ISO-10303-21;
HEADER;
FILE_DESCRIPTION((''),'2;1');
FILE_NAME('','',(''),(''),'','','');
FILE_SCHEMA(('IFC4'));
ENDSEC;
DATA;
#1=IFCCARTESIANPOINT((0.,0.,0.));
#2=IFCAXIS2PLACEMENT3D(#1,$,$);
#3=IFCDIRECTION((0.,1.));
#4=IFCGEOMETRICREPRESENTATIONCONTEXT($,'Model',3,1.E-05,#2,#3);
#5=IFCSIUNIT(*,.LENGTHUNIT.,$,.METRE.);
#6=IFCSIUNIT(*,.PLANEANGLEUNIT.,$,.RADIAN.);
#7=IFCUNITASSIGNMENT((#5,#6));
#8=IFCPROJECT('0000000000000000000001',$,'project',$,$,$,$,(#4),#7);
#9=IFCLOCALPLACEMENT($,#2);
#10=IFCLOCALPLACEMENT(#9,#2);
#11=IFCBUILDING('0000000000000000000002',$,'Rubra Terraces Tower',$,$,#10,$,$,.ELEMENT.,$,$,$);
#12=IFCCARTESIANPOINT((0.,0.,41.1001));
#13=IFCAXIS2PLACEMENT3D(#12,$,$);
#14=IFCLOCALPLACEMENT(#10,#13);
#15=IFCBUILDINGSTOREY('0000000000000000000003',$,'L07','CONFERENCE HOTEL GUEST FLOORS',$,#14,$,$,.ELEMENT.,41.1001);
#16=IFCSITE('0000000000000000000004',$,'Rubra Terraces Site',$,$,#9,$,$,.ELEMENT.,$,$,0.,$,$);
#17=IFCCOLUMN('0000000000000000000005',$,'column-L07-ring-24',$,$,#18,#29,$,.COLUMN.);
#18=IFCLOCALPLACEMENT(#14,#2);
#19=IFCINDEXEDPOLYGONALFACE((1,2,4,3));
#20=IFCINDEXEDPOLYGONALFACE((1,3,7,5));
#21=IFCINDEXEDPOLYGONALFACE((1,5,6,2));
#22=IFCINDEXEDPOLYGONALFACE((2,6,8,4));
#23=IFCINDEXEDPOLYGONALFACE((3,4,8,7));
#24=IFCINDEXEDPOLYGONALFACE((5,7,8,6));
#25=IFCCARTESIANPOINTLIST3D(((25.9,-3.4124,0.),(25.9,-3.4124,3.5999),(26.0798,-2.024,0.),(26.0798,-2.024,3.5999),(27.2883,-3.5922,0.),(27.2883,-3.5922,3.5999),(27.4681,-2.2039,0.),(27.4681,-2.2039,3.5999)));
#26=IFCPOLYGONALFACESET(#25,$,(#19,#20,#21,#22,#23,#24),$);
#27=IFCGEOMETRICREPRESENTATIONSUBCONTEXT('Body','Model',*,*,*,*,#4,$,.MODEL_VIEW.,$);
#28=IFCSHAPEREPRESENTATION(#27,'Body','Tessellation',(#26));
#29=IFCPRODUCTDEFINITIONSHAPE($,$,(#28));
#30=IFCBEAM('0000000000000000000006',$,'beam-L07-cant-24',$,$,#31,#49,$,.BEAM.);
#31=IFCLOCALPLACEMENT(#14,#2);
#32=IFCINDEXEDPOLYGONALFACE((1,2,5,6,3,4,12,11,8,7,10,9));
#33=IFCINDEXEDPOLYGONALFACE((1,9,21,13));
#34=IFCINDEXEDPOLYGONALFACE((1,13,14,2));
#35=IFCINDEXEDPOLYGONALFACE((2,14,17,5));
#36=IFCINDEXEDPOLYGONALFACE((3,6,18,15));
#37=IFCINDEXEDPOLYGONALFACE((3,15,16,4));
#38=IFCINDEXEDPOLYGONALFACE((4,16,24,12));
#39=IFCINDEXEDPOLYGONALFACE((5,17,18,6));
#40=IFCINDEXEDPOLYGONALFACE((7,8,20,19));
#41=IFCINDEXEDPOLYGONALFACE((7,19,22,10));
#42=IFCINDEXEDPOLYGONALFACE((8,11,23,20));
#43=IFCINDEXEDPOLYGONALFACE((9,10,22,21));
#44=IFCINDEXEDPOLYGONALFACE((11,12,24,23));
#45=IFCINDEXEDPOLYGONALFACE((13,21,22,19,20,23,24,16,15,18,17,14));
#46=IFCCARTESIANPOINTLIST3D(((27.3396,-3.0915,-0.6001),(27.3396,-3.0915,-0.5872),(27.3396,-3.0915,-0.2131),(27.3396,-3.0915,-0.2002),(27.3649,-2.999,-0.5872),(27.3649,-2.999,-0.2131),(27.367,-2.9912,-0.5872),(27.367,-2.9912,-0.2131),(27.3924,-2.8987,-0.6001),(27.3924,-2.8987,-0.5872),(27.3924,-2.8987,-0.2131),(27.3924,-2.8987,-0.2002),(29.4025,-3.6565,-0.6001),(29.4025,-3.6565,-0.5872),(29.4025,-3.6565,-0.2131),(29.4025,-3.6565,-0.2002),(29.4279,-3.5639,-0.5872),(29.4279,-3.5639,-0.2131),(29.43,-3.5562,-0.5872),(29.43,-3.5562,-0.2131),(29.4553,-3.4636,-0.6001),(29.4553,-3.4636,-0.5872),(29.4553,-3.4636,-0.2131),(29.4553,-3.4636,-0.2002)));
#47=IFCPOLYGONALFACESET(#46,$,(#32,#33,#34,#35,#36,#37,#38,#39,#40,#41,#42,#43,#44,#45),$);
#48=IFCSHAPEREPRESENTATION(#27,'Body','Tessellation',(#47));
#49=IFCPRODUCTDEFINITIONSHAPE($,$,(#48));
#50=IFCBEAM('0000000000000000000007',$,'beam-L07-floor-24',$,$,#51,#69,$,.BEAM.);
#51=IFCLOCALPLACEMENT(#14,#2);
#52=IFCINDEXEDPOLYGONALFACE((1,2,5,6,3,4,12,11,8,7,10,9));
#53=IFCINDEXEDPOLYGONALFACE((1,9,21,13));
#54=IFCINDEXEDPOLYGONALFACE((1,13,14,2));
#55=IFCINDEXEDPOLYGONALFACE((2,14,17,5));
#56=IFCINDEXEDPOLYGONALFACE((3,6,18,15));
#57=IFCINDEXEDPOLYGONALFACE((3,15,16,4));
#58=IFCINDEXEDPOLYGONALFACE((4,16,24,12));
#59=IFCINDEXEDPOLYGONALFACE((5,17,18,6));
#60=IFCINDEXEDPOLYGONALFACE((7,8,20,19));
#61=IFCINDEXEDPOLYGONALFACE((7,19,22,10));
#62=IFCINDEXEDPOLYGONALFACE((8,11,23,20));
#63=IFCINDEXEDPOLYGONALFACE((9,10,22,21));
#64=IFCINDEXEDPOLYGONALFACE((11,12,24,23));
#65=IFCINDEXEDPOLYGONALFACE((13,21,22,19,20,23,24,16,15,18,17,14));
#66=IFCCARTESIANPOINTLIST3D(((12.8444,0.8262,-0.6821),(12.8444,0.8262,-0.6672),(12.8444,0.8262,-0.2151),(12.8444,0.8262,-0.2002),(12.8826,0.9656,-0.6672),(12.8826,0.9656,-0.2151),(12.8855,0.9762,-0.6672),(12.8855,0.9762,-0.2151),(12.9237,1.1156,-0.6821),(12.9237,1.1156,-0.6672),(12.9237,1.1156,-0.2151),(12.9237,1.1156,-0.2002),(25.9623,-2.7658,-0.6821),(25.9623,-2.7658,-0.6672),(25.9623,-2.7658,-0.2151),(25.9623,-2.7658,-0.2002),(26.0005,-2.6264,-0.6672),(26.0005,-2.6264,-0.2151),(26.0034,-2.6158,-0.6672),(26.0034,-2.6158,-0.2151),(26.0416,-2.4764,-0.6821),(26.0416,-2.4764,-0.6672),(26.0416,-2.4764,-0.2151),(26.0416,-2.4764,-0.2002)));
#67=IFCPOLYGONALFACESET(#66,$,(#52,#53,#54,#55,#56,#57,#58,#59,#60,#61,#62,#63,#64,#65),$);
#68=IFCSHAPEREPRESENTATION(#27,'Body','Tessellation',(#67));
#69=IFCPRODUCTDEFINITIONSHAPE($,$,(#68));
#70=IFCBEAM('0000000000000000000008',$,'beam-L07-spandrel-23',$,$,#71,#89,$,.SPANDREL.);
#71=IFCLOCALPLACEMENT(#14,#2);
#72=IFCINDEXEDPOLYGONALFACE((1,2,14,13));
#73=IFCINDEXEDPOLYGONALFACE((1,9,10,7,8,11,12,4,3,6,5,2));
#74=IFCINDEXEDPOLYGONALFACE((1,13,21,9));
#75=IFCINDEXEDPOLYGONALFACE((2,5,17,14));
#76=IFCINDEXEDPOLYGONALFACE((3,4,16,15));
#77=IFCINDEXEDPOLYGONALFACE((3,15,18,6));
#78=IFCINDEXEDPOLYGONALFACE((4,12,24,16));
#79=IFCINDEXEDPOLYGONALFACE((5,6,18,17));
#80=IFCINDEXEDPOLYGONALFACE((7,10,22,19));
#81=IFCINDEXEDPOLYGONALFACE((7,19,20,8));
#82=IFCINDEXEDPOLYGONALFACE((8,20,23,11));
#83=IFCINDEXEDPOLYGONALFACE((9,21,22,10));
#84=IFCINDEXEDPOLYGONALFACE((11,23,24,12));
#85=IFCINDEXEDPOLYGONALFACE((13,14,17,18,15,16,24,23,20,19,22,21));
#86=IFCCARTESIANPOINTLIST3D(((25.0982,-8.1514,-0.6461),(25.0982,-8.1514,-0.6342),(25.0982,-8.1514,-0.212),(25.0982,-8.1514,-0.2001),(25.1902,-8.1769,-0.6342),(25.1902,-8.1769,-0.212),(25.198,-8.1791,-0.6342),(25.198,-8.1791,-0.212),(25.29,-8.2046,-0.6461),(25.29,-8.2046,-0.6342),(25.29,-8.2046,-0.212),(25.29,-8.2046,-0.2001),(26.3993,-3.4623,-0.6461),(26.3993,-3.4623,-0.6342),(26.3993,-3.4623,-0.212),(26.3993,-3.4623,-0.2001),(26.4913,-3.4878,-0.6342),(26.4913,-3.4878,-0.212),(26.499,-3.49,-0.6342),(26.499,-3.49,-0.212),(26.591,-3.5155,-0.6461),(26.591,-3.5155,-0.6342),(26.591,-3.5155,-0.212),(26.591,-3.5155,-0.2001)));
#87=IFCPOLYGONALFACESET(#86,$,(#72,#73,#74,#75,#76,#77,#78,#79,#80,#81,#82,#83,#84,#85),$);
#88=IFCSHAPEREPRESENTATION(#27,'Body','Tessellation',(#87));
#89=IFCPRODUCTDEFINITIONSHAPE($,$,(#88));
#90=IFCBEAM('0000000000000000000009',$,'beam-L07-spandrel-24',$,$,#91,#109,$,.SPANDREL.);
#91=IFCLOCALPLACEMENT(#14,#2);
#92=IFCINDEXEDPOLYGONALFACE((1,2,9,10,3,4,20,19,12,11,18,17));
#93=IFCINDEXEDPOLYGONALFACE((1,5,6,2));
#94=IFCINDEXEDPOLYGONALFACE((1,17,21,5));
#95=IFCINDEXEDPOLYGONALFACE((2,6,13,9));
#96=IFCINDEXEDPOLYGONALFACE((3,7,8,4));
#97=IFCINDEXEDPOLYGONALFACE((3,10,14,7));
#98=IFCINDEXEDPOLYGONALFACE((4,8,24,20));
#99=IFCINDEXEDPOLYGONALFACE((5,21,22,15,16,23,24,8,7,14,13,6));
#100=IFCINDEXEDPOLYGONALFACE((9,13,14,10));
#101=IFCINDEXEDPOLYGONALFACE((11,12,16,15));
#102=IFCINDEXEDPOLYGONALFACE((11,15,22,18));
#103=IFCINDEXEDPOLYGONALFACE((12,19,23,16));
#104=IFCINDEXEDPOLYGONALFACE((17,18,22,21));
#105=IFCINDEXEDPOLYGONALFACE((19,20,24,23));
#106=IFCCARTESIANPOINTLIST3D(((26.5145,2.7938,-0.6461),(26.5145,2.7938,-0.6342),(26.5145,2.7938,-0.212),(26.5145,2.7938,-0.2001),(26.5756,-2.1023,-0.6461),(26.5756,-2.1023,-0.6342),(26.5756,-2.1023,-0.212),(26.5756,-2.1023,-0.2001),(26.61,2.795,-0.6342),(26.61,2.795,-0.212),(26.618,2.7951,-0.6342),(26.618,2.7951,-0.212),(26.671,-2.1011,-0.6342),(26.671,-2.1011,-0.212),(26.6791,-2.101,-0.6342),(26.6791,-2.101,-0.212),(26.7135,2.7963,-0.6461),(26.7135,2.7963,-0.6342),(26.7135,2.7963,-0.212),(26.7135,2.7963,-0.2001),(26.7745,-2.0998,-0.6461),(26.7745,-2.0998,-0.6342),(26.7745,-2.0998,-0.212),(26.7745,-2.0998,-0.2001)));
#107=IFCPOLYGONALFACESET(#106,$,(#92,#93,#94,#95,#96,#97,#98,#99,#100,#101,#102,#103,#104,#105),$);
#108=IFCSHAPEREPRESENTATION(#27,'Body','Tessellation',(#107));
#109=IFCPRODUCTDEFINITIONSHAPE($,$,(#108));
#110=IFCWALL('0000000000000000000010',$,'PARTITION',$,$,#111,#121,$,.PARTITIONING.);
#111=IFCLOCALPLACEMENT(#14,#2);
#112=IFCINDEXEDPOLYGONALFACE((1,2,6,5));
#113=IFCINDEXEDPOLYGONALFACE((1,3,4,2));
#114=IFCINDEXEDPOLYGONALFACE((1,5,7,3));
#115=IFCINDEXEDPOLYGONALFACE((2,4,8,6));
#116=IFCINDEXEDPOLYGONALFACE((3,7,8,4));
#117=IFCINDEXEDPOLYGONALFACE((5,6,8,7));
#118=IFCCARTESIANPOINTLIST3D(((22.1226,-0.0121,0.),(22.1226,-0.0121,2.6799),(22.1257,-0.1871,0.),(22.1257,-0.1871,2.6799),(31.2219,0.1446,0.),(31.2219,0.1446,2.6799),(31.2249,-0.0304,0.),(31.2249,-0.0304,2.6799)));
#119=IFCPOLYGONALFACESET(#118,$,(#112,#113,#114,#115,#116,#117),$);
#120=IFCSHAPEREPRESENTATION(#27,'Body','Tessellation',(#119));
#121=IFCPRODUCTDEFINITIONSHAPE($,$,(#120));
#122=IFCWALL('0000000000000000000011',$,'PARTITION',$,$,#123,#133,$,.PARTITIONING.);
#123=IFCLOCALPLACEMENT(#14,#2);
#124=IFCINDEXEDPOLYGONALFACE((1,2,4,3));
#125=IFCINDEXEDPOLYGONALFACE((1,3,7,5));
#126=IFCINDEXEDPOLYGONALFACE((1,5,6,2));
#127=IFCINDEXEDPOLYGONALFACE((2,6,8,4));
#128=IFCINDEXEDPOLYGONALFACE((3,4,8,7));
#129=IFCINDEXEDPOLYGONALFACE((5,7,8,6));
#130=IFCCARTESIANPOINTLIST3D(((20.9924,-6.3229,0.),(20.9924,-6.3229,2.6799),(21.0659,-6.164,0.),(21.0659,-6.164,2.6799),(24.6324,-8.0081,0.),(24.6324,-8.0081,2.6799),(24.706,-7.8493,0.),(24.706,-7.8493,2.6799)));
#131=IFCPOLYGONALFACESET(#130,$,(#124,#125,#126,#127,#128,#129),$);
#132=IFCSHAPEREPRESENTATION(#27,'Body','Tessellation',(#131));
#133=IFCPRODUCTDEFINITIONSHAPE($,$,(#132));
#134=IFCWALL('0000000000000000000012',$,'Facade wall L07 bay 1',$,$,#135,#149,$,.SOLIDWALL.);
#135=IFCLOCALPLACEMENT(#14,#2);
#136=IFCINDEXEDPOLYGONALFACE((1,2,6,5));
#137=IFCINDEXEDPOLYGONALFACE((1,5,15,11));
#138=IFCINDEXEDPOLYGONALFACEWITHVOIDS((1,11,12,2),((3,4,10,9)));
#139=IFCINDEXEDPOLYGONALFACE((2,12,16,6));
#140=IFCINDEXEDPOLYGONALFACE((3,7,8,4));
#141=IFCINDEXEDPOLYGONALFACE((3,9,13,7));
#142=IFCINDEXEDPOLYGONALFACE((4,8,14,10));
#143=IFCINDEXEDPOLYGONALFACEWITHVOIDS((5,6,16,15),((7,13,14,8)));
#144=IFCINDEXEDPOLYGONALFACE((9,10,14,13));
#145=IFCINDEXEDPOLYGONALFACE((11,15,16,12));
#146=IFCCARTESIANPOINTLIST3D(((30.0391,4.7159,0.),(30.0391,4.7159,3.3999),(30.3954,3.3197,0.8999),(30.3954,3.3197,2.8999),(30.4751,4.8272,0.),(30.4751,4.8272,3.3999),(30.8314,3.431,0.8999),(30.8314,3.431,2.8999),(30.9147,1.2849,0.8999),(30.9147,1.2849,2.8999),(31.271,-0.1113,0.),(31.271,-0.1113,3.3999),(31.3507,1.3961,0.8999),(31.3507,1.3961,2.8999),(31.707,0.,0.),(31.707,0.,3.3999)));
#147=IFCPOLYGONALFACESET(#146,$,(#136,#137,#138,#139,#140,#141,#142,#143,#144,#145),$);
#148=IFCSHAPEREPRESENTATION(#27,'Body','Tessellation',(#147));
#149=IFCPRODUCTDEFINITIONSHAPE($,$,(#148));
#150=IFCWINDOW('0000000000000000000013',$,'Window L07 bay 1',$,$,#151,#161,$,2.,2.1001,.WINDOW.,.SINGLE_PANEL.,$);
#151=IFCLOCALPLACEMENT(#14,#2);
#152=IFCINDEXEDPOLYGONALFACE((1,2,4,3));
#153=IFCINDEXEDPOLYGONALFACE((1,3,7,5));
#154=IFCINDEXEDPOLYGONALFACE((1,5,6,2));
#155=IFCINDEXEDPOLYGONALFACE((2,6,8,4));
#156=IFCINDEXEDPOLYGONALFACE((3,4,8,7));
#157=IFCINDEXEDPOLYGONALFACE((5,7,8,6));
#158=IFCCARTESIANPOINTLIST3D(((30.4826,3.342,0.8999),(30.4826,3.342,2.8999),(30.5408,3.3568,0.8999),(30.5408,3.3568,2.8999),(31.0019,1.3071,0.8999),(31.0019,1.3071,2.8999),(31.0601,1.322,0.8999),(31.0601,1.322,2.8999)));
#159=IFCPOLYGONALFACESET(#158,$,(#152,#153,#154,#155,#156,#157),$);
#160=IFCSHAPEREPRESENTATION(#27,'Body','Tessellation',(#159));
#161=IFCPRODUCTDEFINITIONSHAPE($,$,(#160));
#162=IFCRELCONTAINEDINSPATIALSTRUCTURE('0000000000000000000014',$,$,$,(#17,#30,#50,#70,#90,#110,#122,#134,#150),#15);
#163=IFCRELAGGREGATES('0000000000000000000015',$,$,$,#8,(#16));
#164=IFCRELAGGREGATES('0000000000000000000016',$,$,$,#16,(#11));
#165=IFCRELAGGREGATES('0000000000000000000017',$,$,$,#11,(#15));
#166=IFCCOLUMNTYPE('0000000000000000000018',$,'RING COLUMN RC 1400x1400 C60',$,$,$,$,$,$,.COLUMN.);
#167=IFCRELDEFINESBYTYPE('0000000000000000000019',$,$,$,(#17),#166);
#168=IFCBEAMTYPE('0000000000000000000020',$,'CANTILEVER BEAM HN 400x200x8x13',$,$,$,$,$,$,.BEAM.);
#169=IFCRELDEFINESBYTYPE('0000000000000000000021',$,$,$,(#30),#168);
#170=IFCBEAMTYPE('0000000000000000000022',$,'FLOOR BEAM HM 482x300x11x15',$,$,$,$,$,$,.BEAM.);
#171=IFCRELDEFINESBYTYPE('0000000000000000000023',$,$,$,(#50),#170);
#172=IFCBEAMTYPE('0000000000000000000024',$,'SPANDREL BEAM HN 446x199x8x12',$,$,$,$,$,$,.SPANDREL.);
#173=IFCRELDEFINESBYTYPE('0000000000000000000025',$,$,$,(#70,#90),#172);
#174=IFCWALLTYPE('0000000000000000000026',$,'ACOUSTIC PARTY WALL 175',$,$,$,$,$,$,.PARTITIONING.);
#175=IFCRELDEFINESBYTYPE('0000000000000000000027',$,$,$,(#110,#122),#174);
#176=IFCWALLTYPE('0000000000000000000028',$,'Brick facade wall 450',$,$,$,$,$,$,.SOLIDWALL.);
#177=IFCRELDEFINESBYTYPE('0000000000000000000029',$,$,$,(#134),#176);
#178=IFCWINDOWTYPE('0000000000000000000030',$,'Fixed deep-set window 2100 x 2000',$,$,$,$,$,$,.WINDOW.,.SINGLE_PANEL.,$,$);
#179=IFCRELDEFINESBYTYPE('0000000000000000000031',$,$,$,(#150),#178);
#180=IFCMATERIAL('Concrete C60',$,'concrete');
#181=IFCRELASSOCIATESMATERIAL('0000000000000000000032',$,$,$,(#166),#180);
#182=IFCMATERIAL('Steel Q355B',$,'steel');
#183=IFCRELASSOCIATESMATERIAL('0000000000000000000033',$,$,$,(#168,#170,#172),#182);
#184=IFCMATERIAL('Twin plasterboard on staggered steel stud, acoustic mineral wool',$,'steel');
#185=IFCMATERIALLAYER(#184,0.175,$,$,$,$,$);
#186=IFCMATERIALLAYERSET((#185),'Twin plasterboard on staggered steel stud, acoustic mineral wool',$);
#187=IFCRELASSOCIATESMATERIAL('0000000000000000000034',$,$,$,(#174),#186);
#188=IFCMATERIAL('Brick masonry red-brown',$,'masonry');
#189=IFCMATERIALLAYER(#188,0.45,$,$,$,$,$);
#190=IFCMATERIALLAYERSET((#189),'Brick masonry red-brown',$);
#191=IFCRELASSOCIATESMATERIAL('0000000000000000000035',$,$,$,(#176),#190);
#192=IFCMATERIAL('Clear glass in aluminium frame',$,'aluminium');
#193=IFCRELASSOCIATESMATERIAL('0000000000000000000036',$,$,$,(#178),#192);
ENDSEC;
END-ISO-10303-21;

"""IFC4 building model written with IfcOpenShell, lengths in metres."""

from ifc_helpers import new_model, si_unit, direction, frame, frame_2d, origin, origin_2d, place, context, subcontext, project, spatial, rectangle, i_section, extrude, material, layer, layer_set, material_profile, profile_set, type_object, element, fill, save


model = new_model("IFC4")

# Units and contexts
model_context = context("Model", 3, precision=1e-05, world=origin(), true_north=direction((0.0, 1.0)))
body_context = subcontext(model_context, "Body", "Model", "MODEL_VIEW")
ifc_project = project(units=[si_unit("LENGTHUNIT", "METRE"), si_unit("PLANEANGLEUNIT", "RADIAN")], contexts=[model_context])

# Site, building, storey
site_placement = place(None, origin())
site = spatial("IfcSite", under=ifc_project, at=site_placement, Name="Rubra Terraces Site", CompositionType="ELEMENT", RefElevation=0.0)
building_placement = place(site_placement, origin())
building = spatial("IfcBuilding", under=site, at=building_placement, Name="Rubra Terraces Tower", CompositionType="ELEMENT")
storey_placement = place(building_placement, frame((0.0, 0.0, 41.1001)))
storey = spatial("IfcBuildingStorey", under=building, at=storey_placement, Name="L07", Description="CONFERENCE HOTEL GUEST FLOORS", CompositionType="ELEMENT", Elevation=41.1001)

# Column
ifc_material_1 = material(Name="Concrete C60", Category="concrete")
ifc_material_profile_1 = material_profile(ifc_material_1, rectangle(XDim=1.3999, YDim=1.3999, at=origin_2d()), Name="RC 1400x1400")
ifc_profile_set_1 = profile_set([ifc_material_profile_1], Name="Concrete C60")
column_type = type_object("IfcColumnType", Name="RING COLUMN RC 1400x1400 C60", PredefinedType="COLUMN", material=ifc_profile_set_1)
column_placement = place(storey_placement, frame((26.6841, -2.8081, 0.0), z_axis=(0.0, 0.0, 1.0), x_axis=(0.128445, 0.991717, 0.0)))
element("IfcColumn", 1, at=column_placement, inside=storey, type_object=column_type, Name="column-L07-ring-24", PredefinedType="COLUMN", context=body_context, shape_type="SweptSolid", body=[
    extrude(rectangle(XDim=1.3999, YDim=1.3999, at=origin_2d()), origin(), (0.0, 0.0, 1.0), 3.5999),
])

# Beams
ifc_material_2 = material(Name="Steel Q355B", Category="steel")
ifc_material_profile_2 = material_profile(ifc_material_2, i_section(OverallWidth=0.2, OverallDepth=0.3999, WebThickness=0.0081, FlangeThickness=0.0129, at=origin_2d()), Name="HN 400x200x8x13")
ifc_profile_set_2 = profile_set([ifc_material_profile_2], Name="Steel Q355B")
beam_type_1 = type_object("IfcBeamType", Name="CANTILEVER BEAM HN 400x200x8x13", PredefinedType="BEAM", material=ifc_profile_set_2)
beam_1_placement = place(storey_placement, frame((27.366, -2.9951, -0.4001), z_axis=(0.964489, -0.264122, 0.0), x_axis=(0.264122, 0.964489, 0.0)))
element("IfcBeam", 2, at=beam_1_placement, inside=storey, type_object=beam_type_1, Name="beam-L07-cant-24", PredefinedType="BEAM", context=body_context, shape_type="SweptSolid", body=[
    extrude(i_section(OverallWidth=0.2, OverallDepth=0.3999, WebThickness=0.0081, FlangeThickness=0.0129, at=origin_2d()), origin(), (0.0, 0.0, 1.0), 2.1389),
])
ifc_material_profile_3 = material_profile(ifc_material_2, i_section(OverallWidth=0.3, OverallDepth=0.4819, WebThickness=0.011, FlangeThickness=0.0149, at=origin_2d()), Name="HM 482x300x11x15")
ifc_profile_set_3 = profile_set([ifc_material_profile_3], Name="Steel Q355B")
beam_type_2 = type_object("IfcBeamType", Name="FLOOR BEAM HM 482x300x11x15", PredefinedType="BEAM", material=ifc_profile_set_3)
beam_2_placement = place(storey_placement, frame((26.002, -2.6211, -0.4412), z_axis=(-0.964494, 0.264105, 0.0), x_axis=(-0.264105, -0.964494, 0.0)))
element("IfcBeam", 3, at=beam_2_placement, inside=storey, type_object=beam_type_2, Name="beam-L07-floor-24", PredefinedType="BEAM", context=body_context, shape_type="SweptSolid", body=[
    extrude(i_section(OverallWidth=0.3, OverallDepth=0.4819, WebThickness=0.011, FlangeThickness=0.0149, at=origin_2d()), origin(), (0.0, 0.0, 1.0), 13.6008),
])
ifc_material_profile_4 = material_profile(ifc_material_2, i_section(OverallWidth=0.199, OverallDepth=0.446, WebThickness=0.0081, FlangeThickness=0.012, at=origin_2d()), Name="HN 446x199x8x12")
ifc_profile_set_4 = profile_set([ifc_material_profile_4], Name="Steel Q355B")
beam_type_3 = type_object("IfcBeamType", Name="SPANDREL BEAM HN 446x199x8x12", PredefinedType="SPANDREL", material=ifc_profile_set_4)
beam_3_placement = place(storey_placement, frame((25.1941, -8.178, -0.4231), z_axis=(0.267364, 0.963595, 0.0), x_axis=(-0.963595, 0.267364, 0.0)))
element("IfcBeam", 4, at=beam_3_placement, inside=storey, type_object=beam_type_3, Name="beam-L07-spandrel-23", PredefinedType="SPANDREL", context=body_context, shape_type="SweptSolid", body=[
    extrude(i_section(OverallWidth=0.199, OverallDepth=0.446, WebThickness=0.0081, FlangeThickness=0.012, at=origin_2d()), origin(), (0.0, 0.0, 1.0), 4.8662),
])
beam_4_placement = place(storey_placement, frame((26.675, -2.1011, -0.4231), z_axis=(-0.012465, 0.999922, 0.0), x_axis=(-0.999922, -0.012465, 0.0)))
element("IfcBeam", 5, at=beam_4_placement, inside=storey, type_object=beam_type_3, Name="beam-L07-spandrel-24", PredefinedType="SPANDREL", context=body_context, shape_type="SweptSolid", body=[
    extrude(i_section(OverallWidth=0.199, OverallDepth=0.446, WebThickness=0.0081, FlangeThickness=0.012, at=origin_2d()), origin(), (0.0, 0.0, 1.0), 4.8965),
])

# Walls
ifc_material_3 = material(Name="Twin plasterboard on staggered steel stud, acoustic mineral wool", Category="steel")
ifc_layer_1 = layer(ifc_material_3, 0.175)
ifc_layer_set_1 = layer_set([ifc_layer_1], Name="Twin plasterboard on staggered steel stud, acoustic mineral wool")
wall_type_1 = type_object("IfcWallType", Name="ACOUSTIC PARTY WALL 175", PredefinedType="PARTITIONING", material=ifc_layer_set_1)
wall_1_placement = place(storey_placement, frame((31.2234, 0.0571, 0.0), z_axis=(0.0, 0.0, 1.0), x_axis=(-0.999852, -0.017223, 0.0)))
element("IfcWall", 6, at=wall_1_placement, inside=storey, type_object=wall_type_1, Name="PARTITION", PredefinedType="PARTITIONING", context=body_context, shape_type="SweptSolid", body=[
    extrude(rectangle(XDim=9.1006, YDim=0.175, at=frame_2d((4.5503, 0.0))), origin(), (0.0, 0.0, 1.0), 2.6799),
])
wall_2_placement = place(storey_placement, frame((24.6692, -7.9287, 0.0), z_axis=(0.0, 0.0, 1.0), x_axis=(-0.907462, 0.420135, 0.0)))
element("IfcWall", 7, at=wall_2_placement, inside=storey, type_object=wall_type_1, Name="PARTITION", PredefinedType="PARTITIONING", context=body_context, shape_type="SweptSolid", body=[
    extrude(rectangle(XDim=4.0112, YDim=0.175, at=frame_2d((2.0056, 0.0))), origin(), (0.0, 0.0, 1.0), 2.6799),
])

# Wall, opening, window
ifc_material_4 = material(Name="Brick masonry red-brown", Category="masonry")
ifc_layer_2 = layer(ifc_material_4, 0.45)
ifc_layer_set_2 = layer_set([ifc_layer_2], Name="Brick masonry red-brown")
wall_type_2 = type_object("IfcWallType", Name="Brick facade wall 450", PredefinedType="SOLIDWALL", material=ifc_layer_set_2)
wall_3_placement = place(storey_placement, frame((31.489, -0.0557, 0.0), z_axis=(0.0, 0.0, 1.0), x_axis=(-0.247283, 0.968943, 0.0)))
wall_3 = element("IfcWall", 8, at=wall_3_placement, inside=storey, type_object=wall_type_2, Name="Facade wall L07 bay 1", PredefinedType="SOLIDWALL", context=body_context, shape_type="SweptSolid", body=[
    extrude(rectangle(XDim=4.9819, YDim=0.45, at=frame_2d((2.491, 0.0))), origin(), (0.0, 0.0, 1.0), 3.3999),
])
opening_1_placement = place(wall_3_placement, frame((1.4409, 0.0, 0.8999)))
opening_1 = element("IfcOpeningElement", 9, at=opening_1_placement, cuts=wall_3, PredefinedType="OPENING", context=body_context, shape_type="SweptSolid", body=[
    extrude(rectangle(XDim=2.1001, YDim=2.0, at=frame_2d((1.05, 1.0))), frame((0.0, 0.2349, 0.0), z_axis=(0.0, -1.0, 0.0), x_axis=(1.0, 0.0, 0.0)), (0.0, 0.0, 1.0), 0.47),
])
ifc_material_5 = material(Name="Clear glass in aluminium frame", Category="aluminium")
window_type = type_object("IfcWindowType", Name="Fixed deep-set window 2100 x 2000", PartitioningType="SINGLE_PANEL", PredefinedType="WINDOW", material=ifc_material_5)
window_1_placement = place(opening_1_placement, origin())
window_1 = element("IfcWindow", 10, at=window_1_placement, inside=storey, type_object=window_type, Name="Window L07 bay 1", OverallHeight=2.0, OverallWidth=2.1001, PartitioningType="SINGLE_PANEL", PredefinedType="WINDOW", context=body_context, shape_type="SweptSolid", body=[
    extrude(rectangle(XDim=2.1001, YDim=2.0, at=frame_2d((1.05, 1.0))), frame((0.0, 0.135, 0.0), z_axis=(0.0, -1.0, 0.0), x_axis=(1.0, 0.0, 0.0)), (0.0, 0.0, 1.0), 0.0601),
])
fill(opening_1, window_1)

save(model, "model.ifc")
